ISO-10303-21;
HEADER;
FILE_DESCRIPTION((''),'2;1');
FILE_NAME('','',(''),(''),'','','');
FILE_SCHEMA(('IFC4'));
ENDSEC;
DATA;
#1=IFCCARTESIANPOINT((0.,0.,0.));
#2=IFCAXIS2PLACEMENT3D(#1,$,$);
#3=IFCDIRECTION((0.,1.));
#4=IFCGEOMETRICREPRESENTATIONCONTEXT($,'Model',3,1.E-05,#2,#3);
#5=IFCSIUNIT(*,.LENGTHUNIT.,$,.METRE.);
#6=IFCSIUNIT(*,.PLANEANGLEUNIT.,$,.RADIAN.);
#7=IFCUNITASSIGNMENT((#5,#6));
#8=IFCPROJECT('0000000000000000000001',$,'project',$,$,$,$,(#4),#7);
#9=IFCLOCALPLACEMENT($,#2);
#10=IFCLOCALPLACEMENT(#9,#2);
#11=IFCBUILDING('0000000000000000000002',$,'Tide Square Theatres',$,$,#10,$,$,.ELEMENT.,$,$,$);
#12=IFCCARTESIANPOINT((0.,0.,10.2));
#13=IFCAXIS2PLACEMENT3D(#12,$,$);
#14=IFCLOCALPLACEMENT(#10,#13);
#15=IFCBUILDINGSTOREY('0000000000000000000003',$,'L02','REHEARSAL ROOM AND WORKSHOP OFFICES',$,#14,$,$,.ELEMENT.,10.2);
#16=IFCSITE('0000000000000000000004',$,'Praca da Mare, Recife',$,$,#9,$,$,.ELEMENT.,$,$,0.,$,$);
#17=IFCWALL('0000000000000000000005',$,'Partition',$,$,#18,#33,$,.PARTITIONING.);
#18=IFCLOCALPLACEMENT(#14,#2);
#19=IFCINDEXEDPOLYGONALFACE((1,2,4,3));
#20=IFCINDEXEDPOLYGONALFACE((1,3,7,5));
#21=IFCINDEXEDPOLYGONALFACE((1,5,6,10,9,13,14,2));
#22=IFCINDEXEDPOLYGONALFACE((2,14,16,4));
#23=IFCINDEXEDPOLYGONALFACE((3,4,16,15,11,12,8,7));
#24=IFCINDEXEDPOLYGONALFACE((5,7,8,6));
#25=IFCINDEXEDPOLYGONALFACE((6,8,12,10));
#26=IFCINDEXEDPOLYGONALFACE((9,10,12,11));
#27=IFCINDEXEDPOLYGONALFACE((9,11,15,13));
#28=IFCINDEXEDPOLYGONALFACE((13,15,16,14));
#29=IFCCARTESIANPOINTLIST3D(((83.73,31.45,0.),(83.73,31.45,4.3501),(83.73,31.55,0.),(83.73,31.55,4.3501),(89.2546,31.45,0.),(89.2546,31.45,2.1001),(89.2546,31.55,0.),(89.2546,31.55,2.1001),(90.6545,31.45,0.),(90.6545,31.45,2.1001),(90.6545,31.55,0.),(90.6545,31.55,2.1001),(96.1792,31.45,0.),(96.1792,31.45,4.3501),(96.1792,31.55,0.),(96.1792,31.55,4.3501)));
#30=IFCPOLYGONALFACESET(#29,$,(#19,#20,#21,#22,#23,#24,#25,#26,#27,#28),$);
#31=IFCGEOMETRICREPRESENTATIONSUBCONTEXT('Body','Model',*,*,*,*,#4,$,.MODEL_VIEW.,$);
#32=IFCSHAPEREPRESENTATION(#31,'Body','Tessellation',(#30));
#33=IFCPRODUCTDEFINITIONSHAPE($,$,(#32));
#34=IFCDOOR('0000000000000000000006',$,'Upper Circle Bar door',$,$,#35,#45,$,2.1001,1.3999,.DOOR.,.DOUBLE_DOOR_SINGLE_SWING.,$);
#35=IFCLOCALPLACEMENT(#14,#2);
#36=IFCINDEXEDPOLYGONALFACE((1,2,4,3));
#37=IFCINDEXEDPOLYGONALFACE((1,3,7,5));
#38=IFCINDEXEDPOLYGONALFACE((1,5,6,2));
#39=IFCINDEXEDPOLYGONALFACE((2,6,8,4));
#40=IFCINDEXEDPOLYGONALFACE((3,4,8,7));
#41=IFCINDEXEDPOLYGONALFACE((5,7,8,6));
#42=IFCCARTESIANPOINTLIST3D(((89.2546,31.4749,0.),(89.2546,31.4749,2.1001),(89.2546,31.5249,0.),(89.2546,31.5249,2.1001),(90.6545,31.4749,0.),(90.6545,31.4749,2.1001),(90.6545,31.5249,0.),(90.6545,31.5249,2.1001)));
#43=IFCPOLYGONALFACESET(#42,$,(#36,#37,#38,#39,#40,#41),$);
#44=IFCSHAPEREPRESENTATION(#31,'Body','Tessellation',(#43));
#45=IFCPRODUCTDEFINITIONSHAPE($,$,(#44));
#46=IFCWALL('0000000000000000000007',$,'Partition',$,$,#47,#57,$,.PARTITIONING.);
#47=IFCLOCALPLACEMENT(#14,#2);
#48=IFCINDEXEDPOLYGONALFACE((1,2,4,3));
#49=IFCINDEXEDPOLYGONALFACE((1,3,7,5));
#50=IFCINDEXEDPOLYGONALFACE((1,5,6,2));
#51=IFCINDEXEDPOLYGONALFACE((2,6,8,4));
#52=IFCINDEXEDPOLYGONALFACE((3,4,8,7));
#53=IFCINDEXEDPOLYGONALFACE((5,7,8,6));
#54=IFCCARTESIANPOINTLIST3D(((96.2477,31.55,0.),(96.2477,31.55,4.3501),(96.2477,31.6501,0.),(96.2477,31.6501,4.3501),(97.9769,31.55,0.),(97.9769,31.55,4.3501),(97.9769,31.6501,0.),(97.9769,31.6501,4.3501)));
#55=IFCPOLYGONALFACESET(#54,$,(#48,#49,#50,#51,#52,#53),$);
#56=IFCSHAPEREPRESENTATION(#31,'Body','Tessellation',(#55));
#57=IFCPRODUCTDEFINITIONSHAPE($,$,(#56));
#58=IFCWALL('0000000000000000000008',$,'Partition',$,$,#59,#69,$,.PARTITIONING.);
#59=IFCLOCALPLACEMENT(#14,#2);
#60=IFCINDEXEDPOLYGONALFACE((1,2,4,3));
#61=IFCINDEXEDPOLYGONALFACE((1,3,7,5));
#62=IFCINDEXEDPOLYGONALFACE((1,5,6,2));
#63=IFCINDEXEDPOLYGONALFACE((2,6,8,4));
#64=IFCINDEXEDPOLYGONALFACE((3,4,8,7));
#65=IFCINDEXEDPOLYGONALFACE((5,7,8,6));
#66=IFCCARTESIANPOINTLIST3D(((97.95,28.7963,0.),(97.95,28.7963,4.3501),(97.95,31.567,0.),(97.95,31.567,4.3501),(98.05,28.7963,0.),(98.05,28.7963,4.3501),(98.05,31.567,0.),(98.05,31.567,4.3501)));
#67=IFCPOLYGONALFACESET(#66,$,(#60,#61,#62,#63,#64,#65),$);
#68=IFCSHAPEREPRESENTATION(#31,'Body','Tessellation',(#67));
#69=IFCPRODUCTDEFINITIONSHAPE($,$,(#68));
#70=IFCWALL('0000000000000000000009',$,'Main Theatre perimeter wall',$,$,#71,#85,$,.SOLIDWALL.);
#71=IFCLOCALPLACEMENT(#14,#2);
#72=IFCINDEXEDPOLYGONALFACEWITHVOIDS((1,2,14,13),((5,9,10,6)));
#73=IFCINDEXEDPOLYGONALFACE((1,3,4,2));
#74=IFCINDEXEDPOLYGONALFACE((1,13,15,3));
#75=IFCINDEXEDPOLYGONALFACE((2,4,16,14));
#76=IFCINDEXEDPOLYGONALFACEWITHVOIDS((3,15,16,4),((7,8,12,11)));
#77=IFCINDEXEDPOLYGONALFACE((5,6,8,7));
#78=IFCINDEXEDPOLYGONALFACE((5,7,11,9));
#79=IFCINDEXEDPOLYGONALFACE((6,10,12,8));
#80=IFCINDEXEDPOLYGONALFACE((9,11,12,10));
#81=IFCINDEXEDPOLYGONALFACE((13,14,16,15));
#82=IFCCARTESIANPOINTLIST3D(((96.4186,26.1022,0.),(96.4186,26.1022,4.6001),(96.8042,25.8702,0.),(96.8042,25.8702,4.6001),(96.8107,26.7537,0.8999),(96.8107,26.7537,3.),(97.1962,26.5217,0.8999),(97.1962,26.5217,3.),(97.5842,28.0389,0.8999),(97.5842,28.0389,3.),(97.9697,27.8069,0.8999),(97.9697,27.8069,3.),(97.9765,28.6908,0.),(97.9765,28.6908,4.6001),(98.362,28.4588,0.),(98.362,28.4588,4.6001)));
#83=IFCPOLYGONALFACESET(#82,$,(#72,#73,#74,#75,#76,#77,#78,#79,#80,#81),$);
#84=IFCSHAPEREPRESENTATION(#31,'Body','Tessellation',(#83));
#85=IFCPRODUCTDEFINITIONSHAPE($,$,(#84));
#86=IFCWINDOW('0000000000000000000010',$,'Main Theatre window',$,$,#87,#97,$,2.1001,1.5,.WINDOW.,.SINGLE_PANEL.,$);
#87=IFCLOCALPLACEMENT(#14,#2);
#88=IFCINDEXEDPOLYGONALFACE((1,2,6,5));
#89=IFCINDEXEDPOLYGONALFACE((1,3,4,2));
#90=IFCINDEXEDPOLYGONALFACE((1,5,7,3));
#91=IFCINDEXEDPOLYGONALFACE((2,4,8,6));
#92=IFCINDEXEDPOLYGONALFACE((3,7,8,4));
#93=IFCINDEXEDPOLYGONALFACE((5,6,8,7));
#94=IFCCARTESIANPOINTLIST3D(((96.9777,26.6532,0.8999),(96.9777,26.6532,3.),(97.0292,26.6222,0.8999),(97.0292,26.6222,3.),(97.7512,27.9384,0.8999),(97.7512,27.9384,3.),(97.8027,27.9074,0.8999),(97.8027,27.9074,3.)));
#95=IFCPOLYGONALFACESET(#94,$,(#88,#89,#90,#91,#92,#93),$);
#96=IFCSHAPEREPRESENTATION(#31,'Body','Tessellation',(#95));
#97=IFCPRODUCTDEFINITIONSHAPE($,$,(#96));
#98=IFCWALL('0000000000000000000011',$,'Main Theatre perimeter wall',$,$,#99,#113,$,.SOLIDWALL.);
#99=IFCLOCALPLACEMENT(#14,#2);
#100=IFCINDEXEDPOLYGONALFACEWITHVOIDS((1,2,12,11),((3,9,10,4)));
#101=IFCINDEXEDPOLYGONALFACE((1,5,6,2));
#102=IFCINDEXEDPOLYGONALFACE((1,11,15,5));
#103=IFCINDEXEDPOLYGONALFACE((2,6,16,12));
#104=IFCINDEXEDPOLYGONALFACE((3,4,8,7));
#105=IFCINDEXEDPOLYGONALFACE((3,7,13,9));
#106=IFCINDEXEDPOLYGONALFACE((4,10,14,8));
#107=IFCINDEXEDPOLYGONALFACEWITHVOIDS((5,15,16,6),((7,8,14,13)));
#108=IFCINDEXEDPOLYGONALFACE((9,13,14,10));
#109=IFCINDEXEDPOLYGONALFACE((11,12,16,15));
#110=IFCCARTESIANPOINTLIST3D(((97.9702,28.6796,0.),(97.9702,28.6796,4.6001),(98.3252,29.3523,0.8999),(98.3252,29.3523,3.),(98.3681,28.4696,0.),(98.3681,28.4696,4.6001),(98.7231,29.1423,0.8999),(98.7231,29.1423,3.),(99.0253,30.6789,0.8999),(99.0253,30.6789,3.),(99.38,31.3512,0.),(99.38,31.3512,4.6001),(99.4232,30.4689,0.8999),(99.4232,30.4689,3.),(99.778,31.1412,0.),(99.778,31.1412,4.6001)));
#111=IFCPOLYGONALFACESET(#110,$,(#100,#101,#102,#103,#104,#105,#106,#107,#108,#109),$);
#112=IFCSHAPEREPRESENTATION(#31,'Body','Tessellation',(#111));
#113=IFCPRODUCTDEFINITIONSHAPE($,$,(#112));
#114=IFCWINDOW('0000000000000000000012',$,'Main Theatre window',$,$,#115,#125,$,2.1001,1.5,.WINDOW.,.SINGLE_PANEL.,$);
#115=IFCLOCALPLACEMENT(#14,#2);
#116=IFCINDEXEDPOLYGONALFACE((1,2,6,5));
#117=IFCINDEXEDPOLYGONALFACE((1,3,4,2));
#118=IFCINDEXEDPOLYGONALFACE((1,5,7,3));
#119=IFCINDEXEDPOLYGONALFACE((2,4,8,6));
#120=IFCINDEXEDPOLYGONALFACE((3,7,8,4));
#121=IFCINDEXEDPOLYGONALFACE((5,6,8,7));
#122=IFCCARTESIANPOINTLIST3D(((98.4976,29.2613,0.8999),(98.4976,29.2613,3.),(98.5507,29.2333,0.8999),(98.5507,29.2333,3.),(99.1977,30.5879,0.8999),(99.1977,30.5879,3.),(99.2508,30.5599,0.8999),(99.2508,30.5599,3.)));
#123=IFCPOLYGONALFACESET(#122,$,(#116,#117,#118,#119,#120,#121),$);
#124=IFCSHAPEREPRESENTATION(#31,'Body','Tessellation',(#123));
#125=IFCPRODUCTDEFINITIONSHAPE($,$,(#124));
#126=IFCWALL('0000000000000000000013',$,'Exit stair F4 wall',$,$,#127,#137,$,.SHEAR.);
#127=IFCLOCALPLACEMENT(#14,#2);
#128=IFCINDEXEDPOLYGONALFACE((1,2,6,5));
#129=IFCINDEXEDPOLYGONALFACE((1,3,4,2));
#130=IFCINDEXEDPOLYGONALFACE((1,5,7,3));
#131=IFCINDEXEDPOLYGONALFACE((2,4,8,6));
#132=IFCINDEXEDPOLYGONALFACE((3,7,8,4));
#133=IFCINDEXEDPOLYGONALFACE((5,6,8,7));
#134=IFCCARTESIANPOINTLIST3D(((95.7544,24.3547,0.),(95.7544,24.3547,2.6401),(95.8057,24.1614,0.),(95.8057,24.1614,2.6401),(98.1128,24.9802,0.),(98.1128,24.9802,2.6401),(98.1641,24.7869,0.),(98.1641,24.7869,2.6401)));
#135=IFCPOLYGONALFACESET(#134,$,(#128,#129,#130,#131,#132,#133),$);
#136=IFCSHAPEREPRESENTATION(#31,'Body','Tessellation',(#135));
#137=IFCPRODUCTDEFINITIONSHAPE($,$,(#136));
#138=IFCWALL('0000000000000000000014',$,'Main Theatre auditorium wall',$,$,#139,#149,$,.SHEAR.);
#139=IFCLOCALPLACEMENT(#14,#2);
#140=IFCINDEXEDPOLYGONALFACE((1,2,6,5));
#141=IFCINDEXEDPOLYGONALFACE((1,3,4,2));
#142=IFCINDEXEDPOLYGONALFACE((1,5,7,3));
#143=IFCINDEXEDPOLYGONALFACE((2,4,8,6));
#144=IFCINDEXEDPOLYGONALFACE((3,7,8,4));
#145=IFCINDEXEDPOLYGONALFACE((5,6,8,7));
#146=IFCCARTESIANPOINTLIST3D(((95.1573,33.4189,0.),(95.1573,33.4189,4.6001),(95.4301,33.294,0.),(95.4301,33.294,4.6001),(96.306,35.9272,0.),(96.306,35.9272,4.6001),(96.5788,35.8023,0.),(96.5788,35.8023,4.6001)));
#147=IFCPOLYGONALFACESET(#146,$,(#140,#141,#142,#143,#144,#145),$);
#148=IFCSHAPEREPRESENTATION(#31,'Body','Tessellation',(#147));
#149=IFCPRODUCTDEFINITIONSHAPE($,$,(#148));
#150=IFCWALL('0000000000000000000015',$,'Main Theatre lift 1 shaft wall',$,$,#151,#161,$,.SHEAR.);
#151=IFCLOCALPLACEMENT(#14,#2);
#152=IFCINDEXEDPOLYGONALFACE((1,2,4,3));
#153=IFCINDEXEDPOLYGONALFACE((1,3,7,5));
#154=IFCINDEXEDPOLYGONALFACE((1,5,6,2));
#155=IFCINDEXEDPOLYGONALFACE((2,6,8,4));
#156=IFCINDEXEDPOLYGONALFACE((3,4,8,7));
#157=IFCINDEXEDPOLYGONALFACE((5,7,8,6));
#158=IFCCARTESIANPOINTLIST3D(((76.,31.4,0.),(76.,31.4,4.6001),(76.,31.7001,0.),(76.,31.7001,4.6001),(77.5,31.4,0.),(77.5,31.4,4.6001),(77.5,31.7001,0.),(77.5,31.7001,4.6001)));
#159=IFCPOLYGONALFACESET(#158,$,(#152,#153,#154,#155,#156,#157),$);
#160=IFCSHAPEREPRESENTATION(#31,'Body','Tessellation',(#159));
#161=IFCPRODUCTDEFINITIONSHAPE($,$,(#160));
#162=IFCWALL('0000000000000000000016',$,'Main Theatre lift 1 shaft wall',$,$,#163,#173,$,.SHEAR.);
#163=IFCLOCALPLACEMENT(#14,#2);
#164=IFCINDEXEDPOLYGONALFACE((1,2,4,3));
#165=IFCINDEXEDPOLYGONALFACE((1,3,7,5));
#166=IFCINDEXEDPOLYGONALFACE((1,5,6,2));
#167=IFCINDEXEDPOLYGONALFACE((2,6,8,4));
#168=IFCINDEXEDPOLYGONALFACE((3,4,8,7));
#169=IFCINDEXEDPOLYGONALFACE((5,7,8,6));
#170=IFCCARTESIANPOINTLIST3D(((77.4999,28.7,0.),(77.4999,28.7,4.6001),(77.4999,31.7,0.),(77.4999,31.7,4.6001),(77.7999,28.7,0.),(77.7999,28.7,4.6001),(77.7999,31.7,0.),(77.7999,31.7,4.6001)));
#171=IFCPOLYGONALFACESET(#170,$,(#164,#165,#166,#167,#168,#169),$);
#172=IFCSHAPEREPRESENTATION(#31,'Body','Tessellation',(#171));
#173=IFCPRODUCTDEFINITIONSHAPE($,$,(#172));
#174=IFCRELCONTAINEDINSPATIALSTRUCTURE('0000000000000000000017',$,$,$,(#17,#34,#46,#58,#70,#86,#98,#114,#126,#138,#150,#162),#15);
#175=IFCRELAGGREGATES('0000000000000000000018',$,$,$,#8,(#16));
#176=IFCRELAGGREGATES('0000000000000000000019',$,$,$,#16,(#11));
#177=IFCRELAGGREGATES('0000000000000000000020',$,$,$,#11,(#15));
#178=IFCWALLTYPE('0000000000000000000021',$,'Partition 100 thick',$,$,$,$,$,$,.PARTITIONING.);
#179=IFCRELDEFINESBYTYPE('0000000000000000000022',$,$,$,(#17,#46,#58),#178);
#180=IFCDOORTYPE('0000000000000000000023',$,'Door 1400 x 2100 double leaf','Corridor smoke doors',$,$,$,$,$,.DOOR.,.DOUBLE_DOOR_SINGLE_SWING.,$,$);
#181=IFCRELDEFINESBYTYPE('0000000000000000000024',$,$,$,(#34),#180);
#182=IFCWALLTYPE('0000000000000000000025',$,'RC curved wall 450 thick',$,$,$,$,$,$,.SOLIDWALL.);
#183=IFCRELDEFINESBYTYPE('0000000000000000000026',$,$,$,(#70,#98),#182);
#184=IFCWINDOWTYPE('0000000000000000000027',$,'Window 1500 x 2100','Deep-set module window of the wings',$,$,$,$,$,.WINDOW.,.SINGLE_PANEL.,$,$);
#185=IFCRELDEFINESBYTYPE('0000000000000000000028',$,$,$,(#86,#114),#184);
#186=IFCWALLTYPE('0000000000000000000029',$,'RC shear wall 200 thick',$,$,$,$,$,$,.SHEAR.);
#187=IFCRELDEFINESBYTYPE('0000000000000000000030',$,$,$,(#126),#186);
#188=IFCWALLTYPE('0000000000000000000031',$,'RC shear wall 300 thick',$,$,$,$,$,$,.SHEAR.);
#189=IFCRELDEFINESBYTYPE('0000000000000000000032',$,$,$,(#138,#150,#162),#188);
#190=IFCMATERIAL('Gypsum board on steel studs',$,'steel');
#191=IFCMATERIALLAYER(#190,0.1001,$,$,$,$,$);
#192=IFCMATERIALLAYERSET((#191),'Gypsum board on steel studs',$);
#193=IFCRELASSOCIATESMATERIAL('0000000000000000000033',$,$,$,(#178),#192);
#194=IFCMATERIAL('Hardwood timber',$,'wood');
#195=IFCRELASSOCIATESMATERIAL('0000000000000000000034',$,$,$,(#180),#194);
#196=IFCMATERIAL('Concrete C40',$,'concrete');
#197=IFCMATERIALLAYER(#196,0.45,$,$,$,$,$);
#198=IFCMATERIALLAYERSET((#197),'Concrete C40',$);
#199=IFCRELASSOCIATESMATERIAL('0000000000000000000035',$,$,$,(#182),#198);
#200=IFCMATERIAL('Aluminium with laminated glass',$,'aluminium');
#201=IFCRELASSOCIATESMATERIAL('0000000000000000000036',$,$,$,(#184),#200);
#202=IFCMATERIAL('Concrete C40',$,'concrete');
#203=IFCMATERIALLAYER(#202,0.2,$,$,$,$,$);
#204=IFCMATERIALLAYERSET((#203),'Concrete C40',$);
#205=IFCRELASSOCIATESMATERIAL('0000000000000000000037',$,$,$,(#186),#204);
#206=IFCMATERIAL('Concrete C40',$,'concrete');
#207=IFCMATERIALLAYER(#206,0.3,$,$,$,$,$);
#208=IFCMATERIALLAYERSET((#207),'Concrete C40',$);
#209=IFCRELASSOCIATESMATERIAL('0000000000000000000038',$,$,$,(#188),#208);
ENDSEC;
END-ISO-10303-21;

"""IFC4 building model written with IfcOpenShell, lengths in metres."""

from ifc_helpers import new_model, si_unit, direction, frame, frame_2d, origin, place, context, subcontext, project, spatial, rectangle, extrude, material, layer, layer_set, type_object, element, fill, save


model = new_model("IFC4")

# Units and contexts
model_context = context("Model", 3, precision=1e-05, world=origin(), true_north=direction((0.0, 1.0)))
body_context = subcontext(model_context, "Body", "Model", "MODEL_VIEW")
ifc_project = project(units=[si_unit("LENGTHUNIT", "METRE"), si_unit("PLANEANGLEUNIT", "RADIAN")], contexts=[model_context])

# Site, building, storey
site_placement = place(None, origin())
site = spatial("IfcSite", under=ifc_project, at=site_placement, Name="Praca da Mare, Recife", CompositionType="ELEMENT", RefElevation=0.0)
building_placement = place(site_placement, origin())
building = spatial("IfcBuilding", under=site, at=building_placement, Name="Tide Square Theatres", CompositionType="ELEMENT")
storey_placement = place(building_placement, frame((0.0, 0.0, 10.2)))
storey = spatial("IfcBuildingStorey", under=building, at=storey_placement, Name="L02", Description="REHEARSAL ROOM AND WORKSHOP OFFICES", CompositionType="ELEMENT", Elevation=10.2)

# Shared definitions
ifc_material_1 = material(Name="Gypsum board on steel studs", Category="steel")
ifc_layer_1 = layer(ifc_material_1, 0.1001)
ifc_layer_set_1 = layer_set([ifc_layer_1], Name="Gypsum board on steel studs")
wall_type_1 = type_object("IfcWallType", Name="Partition 100 thick", PredefinedType="PARTITIONING", material=ifc_layer_set_1)

# Wall, opening, door
wall_1_placement = place(storey_placement, frame((83.73, 31.5, 0.0), z_axis=(0.0, 0.0, 1.0), x_axis=(1.0, 0.0, 0.0)))
wall_1 = element("IfcWall", 1, at=wall_1_placement, inside=storey, type_object=wall_type_1, Name="Partition", PredefinedType="PARTITIONING", context=body_context, shape_type="SweptSolid", body=[
    extrude(rectangle(XDim=12.4492, YDim=0.1001, at=frame_2d((6.2246, 0.0))), origin(), (0.0, 0.0, 1.0), 4.3501),
])
opening_1_placement = place(wall_1_placement, frame((5.5247, 0.0, 0.0)))
opening_1 = element("IfcOpeningElement", 2, at=opening_1_placement, cuts=wall_1, PredefinedType="OPENING", context=body_context, shape_type="SweptSolid", body=[
    extrude(rectangle(XDim=1.3999, YDim=2.1001, at=frame_2d((0.7, 1.05))), frame((0.0, 0.0601, 0.0), z_axis=(0.0, -1.0, 0.0), x_axis=(1.0, 0.0, 0.0)), (0.0, 0.0, 1.0), 0.1201),
])
ifc_material_2 = material(Name="Hardwood timber", Category="wood")
door_type_1 = type_object("IfcDoorType", Name="Door 1400 x 2100 double leaf", Description="Corridor smoke doors", OperationType="DOUBLE_DOOR_SINGLE_SWING", PredefinedType="DOOR", material=ifc_material_2)
door_1_placement = place(opening_1_placement, origin())
door_1 = element("IfcDoor", 3, at=door_1_placement, inside=storey, type_object=door_type_1, Name="Upper Circle Bar door", OperationType="DOUBLE_DOOR_SINGLE_SWING", OverallHeight=2.1001, OverallWidth=1.3999, PredefinedType="DOOR", context=body_context, shape_type="SweptSolid", body=[
    extrude(rectangle(XDim=1.3999, YDim=2.1001, at=frame_2d((0.7, 1.05))), frame((0.0, 0.0249, 0.0), z_axis=(0.0, -1.0, 0.0), x_axis=(1.0, 0.0, 0.0)), (0.0, 0.0, 1.0), 0.05),
])
fill(opening_1, door_1)

# Walls
wall_2_placement = place(storey_placement, frame((96.2476, 31.6001, 0.0), z_axis=(0.0, 0.0, 1.0), x_axis=(1.0, 0.0, 0.0)))
element("IfcWall", 4, at=wall_2_placement, inside=storey, type_object=wall_type_1, Name="Partition", PredefinedType="PARTITIONING", context=body_context, shape_type="SweptSolid", body=[
    extrude(rectangle(XDim=1.7292, YDim=0.1001, at=frame_2d((0.8647, 0.0))), origin(), (0.0, 0.0, 1.0), 4.3501),
])
wall_3_placement = place(storey_placement, frame((98.0, 31.5669, 0.0), z_axis=(0.0, 0.0, 1.0), x_axis=(0.0, -1.0, 0.0)))
element("IfcWall", 5, at=wall_3_placement, inside=storey, type_object=wall_type_1, Name="Partition", PredefinedType="PARTITIONING", context=body_context, shape_type="SweptSolid", body=[
    extrude(rectangle(XDim=2.7708, YDim=0.1001, at=frame_2d((1.3853, 0.0))), origin(), (0.0, 0.0, 1.0), 4.3501),
])

# Walls, openings, windows
ifc_material_3 = material(Name="Concrete C40", Category="concrete")
ifc_layer_2 = layer(ifc_material_3, 0.45)
ifc_layer_set_2 = layer_set([ifc_layer_2], Name="Concrete C40")
wall_type_2 = type_object("IfcWallType", Name="RC curved wall 450 thick", PredefinedType="SOLIDWALL", material=ifc_layer_set_2)
wall_4_placement = place(storey_placement, frame((96.6113, 25.9861, 0.0), z_axis=(0.0, 0.0, 1.0), x_axis=(0.515636, 0.856808, 0.0)))
wall_4 = element("IfcWall", 6, at=wall_4_placement, inside=storey, type_object=wall_type_2, Name="Main Theatre perimeter wall", PredefinedType="SOLIDWALL", context=body_context, shape_type="SweptSolid", body=[
    extrude(rectangle(XDim=3.0212, YDim=0.45, at=frame_2d((1.5107, 0.0))), origin(), (0.0, 0.0, 1.0), 4.6001),
])
opening_2_placement = place(wall_4_placement, frame((0.7605, 0.0, 0.8999)))
opening_2 = element("IfcOpeningElement", 7, at=opening_2_placement, cuts=wall_4, PredefinedType="OPENING", context=body_context, shape_type="SweptSolid", body=[
    extrude(rectangle(XDim=1.5, YDim=2.1001, at=frame_2d((0.75, 1.05))), frame((0.0, 0.2349, 0.0), z_axis=(0.0, -1.0, 0.0), x_axis=(1.0, 0.0, 0.0)), (0.0, 0.0, 1.0), 0.47),
])
ifc_material_4 = material(Name="Aluminium with laminated glass", Category="aluminium")
window_type = type_object("IfcWindowType", Name="Window 1500 x 2100", Description="Deep-set module window of the wings", PartitioningType="SINGLE_PANEL", PredefinedType="WINDOW", material=ifc_material_4)
window_1_placement = place(opening_2_placement, origin())
window_1 = element("IfcWindow", 8, at=window_1_placement, inside=storey, type_object=window_type, Name="Main Theatre window", OverallHeight=2.1001, OverallWidth=1.5, PartitioningType="SINGLE_PANEL", PredefinedType="WINDOW", context=body_context, shape_type="SweptSolid", body=[
    extrude(rectangle(XDim=1.5, YDim=2.1001, at=frame_2d((0.75, 1.05))), frame((0.0, 0.03, 0.0), z_axis=(0.0, -1.0, 0.0), x_axis=(1.0, 0.0, 0.0)), (0.0, 0.0, 1.0), 0.0601),
])
fill(opening_2, window_1)
wall_5_placement = place(storey_placement, frame((98.1692, 28.5747, 0.0), z_axis=(0.0, 0.0, 1.0), x_axis=(0.466729, 0.884401, 0.0)))
wall_5 = element("IfcWall", 9, at=wall_5_placement, inside=storey, type_object=wall_type_2, Name="Main Theatre perimeter wall", PredefinedType="SOLIDWALL", context=body_context, shape_type="SweptSolid", body=[
    extrude(rectangle(XDim=3.0208, YDim=0.45, at=frame_2d((1.5103, 0.0))), origin(), (0.0, 0.0, 1.0), 4.6001),
])
opening_3_placement = place(wall_5_placement, frame((0.7605, 0.0, 0.8999)))
opening_3 = element("IfcOpeningElement", 10, at=opening_3_placement, cuts=wall_5, PredefinedType="OPENING", context=body_context, shape_type="SweptSolid", body=[
    extrude(rectangle(XDim=1.5, YDim=2.1001, at=frame_2d((0.75, 1.05))), frame((0.0, 0.2349, 0.0), z_axis=(0.0, -1.0, 0.0), x_axis=(1.0, 0.0, 0.0)), (0.0, 0.0, 1.0), 0.47),
])
window_2_placement = place(opening_3_placement, origin())
window_2 = element("IfcWindow", 11, at=window_2_placement, inside=storey, type_object=window_type, Name="Main Theatre window", OverallHeight=2.1001, OverallWidth=1.5, PartitioningType="SINGLE_PANEL", PredefinedType="WINDOW", context=body_context, shape_type="SweptSolid", body=[
    extrude(rectangle(XDim=1.5, YDim=2.1001, at=frame_2d((0.75, 1.05))), frame((0.0, 0.03, 0.0), z_axis=(0.0, -1.0, 0.0), x_axis=(1.0, 0.0, 0.0)), (0.0, 0.0, 1.0), 0.0601),
])
fill(opening_3, window_2)

# Walls
ifc_material_5 = material(Name="Concrete C40", Category="concrete")
ifc_layer_3 = layer(ifc_material_5, 0.2)
ifc_layer_set_3 = layer_set([ifc_layer_3], Name="Concrete C40")
wall_type_3 = type_object("IfcWallType", Name="RC shear wall 200 thick", PredefinedType="SHEAR", material=ifc_layer_set_3)
wall_6_placement = place(storey_placement, frame((98.1384, 24.8835, 0.0), z_axis=(0.0, 0.0, 1.0), x_axis=(-0.966583, -0.256355, 0.0)))
element("IfcWall", 12, at=wall_6_placement, inside=storey, type_object=wall_type_3, Name="Exit stair F4 wall", PredefinedType="SHEAR", context=body_context, shape_type="SweptSolid", body=[
    extrude(rectangle(XDim=2.4399, YDim=0.2, at=frame_2d((1.22, 0.0))), origin(), (0.0, 0.0, 1.0), 2.6401),
])
ifc_material_6 = material(Name="Concrete C40", Category="concrete")
ifc_layer_4 = layer(ifc_material_6, 0.3)
ifc_layer_set_4 = layer_set([ifc_layer_4], Name="Concrete C40")
wall_type_4 = type_object("IfcWallType", Name="RC shear wall 300 thick", PredefinedType="SHEAR", material=ifc_layer_set_4)
wall_7_placement = place(storey_placement, frame((95.2937, 33.3564, 0.0), z_axis=(0.0, 0.0, 1.0), x_axis=(0.416368, 0.909196, 0.0)))
element("IfcWall", 13, at=wall_7_placement, inside=storey, type_object=wall_type_4, Name="Main Theatre auditorium wall", PredefinedType="SHEAR", context=body_context, shape_type="SweptSolid", body=[
    extrude(rectangle(XDim=2.7588, YDim=0.3, at=frame_2d((1.3794, 0.0))), origin(), (0.0, 0.0, 1.0), 4.6001),
])
wall_8_placement = place(storey_placement, frame((77.5, 31.55, 0.0), z_axis=(0.0, 0.0, 1.0), x_axis=(-1.0, 0.0, 0.0)))
element("IfcWall", 14, at=wall_8_placement, inside=storey, type_object=wall_type_4, Name="Main Theatre lift 1 shaft wall", PredefinedType="SHEAR", context=body_context, shape_type="SweptSolid", body=[
    extrude(rectangle(XDim=1.5, YDim=0.3, at=frame_2d((0.75, 0.0))), origin(), (0.0, 0.0, 1.0), 4.6001),
])
wall_9_placement = place(storey_placement, frame((77.6499, 28.7, 0.0), z_axis=(0.0, 0.0, 1.0), x_axis=(0.0, 1.0, 0.0)))
element("IfcWall", 15, at=wall_9_placement, inside=storey, type_object=wall_type_4, Name="Main Theatre lift 1 shaft wall", PredefinedType="SHEAR", context=body_context, shape_type="SweptSolid", body=[
    extrude(rectangle(XDim=3.0, YDim=0.3, at=frame_2d((1.5, 0.0))), origin(), (0.0, 0.0, 1.0), 4.6001),
])

save(model, "model.ifc")
